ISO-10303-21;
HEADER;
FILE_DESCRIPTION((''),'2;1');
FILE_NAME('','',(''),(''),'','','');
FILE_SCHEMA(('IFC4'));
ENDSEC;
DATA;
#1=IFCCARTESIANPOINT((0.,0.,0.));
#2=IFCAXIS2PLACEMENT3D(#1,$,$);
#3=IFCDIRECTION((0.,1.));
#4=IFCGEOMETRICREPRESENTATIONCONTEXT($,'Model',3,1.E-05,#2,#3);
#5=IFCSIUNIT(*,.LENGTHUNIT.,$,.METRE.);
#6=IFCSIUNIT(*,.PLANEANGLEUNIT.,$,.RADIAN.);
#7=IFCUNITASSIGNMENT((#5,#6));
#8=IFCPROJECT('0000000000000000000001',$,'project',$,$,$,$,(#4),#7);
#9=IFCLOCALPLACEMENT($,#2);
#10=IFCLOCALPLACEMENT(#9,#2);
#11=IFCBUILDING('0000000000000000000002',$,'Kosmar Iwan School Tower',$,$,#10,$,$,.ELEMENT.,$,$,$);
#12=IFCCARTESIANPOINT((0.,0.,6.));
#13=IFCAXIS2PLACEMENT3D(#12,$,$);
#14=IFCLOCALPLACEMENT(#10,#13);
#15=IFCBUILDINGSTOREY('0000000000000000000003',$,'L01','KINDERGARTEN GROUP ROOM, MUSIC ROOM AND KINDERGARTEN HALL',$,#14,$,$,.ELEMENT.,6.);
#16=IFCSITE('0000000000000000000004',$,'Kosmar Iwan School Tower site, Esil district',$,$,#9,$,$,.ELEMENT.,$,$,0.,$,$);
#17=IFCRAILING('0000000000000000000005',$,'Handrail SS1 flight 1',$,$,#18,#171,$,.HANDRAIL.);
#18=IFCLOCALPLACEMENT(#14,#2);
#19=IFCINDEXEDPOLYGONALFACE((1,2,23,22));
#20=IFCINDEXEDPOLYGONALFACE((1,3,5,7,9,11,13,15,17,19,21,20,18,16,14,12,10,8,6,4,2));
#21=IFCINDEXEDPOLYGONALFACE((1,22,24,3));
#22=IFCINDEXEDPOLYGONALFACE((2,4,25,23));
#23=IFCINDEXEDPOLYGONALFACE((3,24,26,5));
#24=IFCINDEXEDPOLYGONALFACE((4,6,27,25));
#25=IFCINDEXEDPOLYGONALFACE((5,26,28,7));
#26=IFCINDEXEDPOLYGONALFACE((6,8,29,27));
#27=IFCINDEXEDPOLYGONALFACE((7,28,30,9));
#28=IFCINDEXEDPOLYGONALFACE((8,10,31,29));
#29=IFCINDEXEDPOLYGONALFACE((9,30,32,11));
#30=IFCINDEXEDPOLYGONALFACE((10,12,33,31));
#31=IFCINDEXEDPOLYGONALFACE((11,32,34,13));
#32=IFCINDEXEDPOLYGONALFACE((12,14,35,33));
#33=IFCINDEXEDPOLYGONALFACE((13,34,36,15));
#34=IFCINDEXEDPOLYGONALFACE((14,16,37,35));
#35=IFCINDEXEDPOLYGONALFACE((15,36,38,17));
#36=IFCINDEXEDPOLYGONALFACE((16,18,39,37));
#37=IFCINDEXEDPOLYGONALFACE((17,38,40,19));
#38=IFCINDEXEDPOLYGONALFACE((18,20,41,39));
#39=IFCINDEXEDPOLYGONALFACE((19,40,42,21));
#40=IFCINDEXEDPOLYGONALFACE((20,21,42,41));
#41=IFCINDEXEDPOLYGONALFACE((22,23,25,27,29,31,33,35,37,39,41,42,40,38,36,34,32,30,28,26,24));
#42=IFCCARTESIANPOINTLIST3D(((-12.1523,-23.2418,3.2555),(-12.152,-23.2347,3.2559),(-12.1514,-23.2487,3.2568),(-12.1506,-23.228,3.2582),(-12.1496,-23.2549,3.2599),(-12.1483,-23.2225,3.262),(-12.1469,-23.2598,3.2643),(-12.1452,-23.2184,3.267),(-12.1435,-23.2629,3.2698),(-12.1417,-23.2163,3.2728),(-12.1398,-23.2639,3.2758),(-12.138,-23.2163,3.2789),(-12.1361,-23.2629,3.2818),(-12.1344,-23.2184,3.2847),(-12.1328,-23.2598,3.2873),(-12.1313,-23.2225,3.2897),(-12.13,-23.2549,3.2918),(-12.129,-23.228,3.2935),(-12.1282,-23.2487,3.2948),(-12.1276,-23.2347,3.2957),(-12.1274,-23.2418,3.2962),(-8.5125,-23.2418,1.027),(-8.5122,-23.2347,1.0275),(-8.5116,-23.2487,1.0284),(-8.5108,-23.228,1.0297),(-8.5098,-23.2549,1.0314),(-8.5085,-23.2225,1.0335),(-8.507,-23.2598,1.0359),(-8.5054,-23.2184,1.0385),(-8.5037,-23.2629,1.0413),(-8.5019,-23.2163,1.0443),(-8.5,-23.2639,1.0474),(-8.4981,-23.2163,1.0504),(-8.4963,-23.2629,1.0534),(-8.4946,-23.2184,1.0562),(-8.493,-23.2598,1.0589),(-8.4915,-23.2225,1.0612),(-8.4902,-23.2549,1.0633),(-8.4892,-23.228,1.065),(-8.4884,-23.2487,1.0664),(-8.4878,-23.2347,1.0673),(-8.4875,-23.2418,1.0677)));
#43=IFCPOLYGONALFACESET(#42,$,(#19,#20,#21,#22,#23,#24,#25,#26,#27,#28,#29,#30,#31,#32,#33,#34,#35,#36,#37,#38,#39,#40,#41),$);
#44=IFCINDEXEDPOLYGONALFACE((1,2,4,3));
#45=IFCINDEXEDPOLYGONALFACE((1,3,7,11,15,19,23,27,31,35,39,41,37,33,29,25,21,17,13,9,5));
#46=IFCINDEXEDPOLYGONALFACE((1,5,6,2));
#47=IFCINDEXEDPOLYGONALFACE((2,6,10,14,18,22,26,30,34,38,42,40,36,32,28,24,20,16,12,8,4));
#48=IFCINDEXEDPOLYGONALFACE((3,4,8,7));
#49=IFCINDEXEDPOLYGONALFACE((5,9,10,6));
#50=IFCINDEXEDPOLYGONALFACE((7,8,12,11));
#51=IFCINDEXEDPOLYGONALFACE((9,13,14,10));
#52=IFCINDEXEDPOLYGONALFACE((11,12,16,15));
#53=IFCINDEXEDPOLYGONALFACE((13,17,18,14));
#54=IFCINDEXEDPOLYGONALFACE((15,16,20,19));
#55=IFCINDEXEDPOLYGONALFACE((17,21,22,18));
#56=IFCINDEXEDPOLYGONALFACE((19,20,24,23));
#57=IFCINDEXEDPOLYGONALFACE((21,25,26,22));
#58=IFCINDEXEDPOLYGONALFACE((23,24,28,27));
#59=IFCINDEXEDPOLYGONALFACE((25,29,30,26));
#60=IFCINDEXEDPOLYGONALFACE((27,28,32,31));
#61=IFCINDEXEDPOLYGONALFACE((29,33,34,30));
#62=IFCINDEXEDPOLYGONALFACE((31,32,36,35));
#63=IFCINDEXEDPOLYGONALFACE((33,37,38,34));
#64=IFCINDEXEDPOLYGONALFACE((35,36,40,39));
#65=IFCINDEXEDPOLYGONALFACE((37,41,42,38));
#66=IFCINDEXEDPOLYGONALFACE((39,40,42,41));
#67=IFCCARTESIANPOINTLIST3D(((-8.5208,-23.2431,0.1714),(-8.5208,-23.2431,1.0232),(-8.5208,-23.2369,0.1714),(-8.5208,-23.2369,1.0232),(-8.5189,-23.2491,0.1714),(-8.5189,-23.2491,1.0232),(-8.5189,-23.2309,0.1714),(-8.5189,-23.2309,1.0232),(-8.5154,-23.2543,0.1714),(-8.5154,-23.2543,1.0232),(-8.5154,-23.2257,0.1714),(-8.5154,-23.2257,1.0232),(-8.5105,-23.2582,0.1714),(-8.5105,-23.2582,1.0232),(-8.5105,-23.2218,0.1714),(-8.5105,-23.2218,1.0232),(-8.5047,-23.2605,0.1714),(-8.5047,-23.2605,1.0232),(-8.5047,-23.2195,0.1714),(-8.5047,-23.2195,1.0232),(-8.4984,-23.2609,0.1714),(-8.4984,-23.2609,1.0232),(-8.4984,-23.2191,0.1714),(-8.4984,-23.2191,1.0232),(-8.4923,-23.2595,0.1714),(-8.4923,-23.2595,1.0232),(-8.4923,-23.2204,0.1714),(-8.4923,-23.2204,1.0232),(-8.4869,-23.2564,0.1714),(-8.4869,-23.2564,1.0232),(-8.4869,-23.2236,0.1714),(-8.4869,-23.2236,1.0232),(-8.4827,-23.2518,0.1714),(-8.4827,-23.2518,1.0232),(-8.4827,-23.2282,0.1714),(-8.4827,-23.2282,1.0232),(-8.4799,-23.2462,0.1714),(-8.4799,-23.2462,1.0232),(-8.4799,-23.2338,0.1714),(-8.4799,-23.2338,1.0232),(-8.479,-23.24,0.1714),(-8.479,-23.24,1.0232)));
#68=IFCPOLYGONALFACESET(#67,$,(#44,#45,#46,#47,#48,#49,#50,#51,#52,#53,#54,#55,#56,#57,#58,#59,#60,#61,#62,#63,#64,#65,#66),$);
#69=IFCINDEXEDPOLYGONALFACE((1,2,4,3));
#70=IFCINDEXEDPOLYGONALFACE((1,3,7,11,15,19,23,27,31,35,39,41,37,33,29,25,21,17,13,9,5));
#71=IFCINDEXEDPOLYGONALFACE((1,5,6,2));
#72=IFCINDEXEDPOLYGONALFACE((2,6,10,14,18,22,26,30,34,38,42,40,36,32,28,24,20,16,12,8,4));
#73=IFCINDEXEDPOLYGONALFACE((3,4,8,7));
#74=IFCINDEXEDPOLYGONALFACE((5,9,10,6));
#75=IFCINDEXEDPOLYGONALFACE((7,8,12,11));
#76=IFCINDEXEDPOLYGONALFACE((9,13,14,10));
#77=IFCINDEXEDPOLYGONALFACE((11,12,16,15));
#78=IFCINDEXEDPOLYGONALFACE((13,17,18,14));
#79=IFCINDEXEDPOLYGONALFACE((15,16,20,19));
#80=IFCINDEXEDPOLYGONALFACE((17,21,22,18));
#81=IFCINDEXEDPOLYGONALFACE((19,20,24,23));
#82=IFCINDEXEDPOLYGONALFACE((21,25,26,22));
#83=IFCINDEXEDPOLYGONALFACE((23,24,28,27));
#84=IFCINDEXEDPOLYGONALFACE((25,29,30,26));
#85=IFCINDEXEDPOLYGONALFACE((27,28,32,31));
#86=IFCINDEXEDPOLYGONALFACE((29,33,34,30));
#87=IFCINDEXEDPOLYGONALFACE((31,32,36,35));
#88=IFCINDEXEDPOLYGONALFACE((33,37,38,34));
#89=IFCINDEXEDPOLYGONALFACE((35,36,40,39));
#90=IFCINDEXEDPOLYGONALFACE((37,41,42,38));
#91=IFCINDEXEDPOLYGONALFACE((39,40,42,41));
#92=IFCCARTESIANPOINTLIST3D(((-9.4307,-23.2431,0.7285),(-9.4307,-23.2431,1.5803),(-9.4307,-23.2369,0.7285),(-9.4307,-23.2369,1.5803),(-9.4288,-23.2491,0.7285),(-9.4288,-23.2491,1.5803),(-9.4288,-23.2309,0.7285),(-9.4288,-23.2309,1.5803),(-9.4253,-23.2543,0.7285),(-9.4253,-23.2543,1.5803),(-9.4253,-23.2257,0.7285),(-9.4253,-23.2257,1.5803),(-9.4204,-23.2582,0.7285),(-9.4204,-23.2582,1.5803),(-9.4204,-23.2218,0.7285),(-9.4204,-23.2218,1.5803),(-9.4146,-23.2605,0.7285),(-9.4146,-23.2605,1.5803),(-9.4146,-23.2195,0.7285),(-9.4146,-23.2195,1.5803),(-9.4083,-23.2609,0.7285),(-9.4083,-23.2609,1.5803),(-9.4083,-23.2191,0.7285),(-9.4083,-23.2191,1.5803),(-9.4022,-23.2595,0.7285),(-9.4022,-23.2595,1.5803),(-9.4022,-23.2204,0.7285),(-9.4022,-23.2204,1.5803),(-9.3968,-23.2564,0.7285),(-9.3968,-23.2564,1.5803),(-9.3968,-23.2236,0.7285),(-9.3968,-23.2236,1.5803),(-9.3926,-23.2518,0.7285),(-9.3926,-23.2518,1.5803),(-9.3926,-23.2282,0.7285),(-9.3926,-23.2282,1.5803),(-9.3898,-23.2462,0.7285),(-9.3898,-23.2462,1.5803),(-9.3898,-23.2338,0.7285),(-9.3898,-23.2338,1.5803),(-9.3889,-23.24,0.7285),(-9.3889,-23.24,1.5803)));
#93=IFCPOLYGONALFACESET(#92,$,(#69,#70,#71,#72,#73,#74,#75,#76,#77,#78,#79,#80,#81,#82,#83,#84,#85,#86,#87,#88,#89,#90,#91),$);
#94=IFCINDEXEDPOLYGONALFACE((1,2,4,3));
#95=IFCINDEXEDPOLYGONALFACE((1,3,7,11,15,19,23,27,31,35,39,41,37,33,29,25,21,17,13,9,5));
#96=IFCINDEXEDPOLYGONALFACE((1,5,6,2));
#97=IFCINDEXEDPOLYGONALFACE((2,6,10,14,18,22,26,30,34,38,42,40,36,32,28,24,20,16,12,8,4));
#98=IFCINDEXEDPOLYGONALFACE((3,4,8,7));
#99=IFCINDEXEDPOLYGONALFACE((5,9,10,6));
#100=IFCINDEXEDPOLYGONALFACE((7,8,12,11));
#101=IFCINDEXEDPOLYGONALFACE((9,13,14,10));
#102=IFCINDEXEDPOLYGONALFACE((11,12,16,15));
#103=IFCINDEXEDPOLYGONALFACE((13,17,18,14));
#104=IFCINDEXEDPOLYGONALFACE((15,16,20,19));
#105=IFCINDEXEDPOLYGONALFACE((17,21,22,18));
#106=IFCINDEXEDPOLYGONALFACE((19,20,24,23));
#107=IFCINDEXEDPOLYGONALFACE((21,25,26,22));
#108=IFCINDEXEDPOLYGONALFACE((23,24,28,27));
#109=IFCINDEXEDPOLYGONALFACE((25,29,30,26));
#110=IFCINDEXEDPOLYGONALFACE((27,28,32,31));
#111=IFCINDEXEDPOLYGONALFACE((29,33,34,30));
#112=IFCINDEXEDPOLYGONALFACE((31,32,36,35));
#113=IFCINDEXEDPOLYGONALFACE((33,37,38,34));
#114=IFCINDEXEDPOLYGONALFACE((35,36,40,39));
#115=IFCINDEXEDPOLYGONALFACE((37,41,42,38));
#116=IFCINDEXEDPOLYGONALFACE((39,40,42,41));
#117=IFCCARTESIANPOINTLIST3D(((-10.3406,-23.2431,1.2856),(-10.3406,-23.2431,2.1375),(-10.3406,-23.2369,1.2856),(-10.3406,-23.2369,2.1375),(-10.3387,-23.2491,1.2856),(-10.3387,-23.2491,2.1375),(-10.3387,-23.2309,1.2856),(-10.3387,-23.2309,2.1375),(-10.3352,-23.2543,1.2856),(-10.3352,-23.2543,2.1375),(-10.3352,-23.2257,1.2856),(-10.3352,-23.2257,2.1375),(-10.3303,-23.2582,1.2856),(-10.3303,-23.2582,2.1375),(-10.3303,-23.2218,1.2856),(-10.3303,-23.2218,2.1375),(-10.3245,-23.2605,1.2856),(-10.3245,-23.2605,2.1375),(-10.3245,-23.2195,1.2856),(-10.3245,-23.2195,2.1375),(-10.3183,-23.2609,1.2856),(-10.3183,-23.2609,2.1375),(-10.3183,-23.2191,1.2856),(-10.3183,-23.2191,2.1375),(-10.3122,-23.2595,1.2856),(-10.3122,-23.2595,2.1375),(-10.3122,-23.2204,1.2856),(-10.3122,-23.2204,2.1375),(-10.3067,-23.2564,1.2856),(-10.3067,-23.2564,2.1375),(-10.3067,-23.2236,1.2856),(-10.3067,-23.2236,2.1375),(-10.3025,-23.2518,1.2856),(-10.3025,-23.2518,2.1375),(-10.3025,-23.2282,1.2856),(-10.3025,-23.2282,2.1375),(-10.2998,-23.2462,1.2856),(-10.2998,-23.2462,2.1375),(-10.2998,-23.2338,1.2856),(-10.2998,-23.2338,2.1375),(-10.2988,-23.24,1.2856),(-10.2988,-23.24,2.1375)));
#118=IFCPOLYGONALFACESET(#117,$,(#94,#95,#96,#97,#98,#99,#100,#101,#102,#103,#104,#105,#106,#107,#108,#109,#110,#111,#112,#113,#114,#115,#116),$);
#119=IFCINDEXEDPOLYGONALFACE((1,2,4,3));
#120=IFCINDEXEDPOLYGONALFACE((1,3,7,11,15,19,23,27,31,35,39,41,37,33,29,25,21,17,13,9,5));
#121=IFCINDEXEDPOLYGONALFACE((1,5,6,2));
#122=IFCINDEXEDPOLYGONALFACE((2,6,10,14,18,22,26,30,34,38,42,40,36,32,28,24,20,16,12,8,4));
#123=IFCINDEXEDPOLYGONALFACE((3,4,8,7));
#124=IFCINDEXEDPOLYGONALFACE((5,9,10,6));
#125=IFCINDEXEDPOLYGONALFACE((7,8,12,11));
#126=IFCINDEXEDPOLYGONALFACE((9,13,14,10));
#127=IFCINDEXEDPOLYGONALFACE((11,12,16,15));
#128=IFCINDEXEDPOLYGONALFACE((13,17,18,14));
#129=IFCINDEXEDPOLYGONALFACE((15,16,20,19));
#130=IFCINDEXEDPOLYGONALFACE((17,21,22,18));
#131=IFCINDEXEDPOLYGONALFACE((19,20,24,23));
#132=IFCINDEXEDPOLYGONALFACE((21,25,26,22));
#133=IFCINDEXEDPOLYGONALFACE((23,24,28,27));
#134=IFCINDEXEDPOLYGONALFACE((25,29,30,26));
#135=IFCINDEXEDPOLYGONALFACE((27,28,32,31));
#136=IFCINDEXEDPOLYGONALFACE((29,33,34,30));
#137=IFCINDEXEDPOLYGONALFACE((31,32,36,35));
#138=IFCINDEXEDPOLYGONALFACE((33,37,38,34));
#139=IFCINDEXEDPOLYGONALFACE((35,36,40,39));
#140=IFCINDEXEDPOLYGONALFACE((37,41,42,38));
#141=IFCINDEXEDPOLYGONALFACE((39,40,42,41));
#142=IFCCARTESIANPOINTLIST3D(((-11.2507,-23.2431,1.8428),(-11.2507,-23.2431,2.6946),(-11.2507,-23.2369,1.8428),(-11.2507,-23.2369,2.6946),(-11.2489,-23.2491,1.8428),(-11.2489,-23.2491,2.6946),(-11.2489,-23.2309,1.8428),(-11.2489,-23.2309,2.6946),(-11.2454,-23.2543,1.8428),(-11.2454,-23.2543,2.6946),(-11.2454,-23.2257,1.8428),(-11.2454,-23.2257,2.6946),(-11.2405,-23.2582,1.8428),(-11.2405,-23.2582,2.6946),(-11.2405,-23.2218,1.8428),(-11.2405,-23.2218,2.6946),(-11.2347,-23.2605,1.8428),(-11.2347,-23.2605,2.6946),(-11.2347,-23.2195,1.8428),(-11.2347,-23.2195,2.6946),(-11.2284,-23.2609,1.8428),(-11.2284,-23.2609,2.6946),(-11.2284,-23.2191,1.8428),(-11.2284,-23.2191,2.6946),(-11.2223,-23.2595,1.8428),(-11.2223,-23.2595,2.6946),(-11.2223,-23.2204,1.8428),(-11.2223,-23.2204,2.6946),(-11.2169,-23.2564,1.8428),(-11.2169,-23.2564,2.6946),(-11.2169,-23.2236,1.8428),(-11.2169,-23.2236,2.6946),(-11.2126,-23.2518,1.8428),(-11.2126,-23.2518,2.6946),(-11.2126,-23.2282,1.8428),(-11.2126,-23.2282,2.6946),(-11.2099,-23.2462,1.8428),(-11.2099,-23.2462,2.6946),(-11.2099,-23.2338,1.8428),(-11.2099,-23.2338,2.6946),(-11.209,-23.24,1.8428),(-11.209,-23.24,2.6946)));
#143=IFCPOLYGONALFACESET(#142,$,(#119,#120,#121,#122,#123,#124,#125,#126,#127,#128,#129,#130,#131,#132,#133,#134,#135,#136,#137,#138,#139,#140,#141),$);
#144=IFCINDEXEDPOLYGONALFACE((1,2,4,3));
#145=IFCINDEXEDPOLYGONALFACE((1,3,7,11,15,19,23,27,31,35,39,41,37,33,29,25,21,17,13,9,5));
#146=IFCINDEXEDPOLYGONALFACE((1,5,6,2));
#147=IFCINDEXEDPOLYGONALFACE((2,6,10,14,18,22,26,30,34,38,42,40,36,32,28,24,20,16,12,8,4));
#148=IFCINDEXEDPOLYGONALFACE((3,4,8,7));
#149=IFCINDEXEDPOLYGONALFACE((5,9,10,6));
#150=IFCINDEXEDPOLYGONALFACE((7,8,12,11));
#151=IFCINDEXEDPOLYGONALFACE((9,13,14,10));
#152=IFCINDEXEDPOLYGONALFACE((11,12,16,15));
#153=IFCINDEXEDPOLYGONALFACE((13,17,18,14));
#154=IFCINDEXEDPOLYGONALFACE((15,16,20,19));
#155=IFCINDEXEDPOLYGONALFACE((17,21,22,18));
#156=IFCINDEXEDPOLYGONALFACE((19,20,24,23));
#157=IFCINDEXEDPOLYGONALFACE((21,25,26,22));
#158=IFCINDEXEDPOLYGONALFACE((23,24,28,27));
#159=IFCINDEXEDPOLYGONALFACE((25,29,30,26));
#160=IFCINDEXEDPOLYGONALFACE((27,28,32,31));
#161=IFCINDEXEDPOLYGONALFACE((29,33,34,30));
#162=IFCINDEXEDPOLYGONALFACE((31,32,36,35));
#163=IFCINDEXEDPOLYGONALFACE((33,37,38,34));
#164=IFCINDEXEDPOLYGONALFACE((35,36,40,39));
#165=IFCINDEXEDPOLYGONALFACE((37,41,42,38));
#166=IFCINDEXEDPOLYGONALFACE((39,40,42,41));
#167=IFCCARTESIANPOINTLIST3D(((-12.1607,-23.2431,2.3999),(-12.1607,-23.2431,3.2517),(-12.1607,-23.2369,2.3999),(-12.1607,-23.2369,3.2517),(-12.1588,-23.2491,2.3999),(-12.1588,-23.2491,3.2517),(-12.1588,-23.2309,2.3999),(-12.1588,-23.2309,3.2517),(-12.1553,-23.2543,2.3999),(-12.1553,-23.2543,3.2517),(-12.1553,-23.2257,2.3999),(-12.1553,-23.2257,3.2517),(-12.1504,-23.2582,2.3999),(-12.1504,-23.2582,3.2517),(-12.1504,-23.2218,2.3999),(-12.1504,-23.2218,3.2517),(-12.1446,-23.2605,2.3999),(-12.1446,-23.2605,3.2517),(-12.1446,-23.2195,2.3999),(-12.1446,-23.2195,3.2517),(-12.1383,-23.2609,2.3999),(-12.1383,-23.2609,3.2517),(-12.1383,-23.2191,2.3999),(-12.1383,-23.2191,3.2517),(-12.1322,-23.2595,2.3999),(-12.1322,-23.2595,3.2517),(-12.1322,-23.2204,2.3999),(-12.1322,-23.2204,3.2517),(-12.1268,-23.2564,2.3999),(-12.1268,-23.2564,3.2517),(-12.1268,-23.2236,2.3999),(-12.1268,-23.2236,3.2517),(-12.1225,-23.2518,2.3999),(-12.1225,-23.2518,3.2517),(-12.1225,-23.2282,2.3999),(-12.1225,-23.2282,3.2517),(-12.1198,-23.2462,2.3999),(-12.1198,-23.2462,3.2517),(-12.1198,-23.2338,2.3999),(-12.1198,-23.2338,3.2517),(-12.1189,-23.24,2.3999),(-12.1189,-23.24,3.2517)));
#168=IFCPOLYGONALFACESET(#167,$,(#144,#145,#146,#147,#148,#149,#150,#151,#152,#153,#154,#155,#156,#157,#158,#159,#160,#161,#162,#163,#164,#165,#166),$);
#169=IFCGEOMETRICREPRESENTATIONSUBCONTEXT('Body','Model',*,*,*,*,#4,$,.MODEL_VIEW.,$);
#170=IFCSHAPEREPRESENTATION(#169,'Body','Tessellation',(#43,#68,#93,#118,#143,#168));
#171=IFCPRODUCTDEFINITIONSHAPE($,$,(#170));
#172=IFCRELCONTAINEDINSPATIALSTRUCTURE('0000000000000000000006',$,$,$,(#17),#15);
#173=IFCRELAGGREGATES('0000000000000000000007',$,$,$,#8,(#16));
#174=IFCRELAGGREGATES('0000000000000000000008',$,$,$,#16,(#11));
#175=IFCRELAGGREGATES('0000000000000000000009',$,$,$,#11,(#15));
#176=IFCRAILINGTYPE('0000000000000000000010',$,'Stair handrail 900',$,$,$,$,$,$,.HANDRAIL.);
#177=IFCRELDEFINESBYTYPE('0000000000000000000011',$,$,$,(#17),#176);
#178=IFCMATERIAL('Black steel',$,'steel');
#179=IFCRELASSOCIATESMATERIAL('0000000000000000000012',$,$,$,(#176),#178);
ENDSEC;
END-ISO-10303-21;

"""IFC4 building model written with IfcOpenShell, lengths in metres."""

from ifc_helpers import new_model, si_unit, direction, frame, origin, origin_2d, place, context, subcontext, project, spatial, circle, extrude, material, type_object, element, save


model = new_model("IFC4")

# Units and contexts
model_context = context("Model", 3, precision=1e-05, world=origin(), true_north=direction((0.0, 1.0)))
body_context = subcontext(model_context, "Body", "Model", "MODEL_VIEW")
ifc_project = project(units=[si_unit("LENGTHUNIT", "METRE"), si_unit("PLANEANGLEUNIT", "RADIAN")], contexts=[model_context])

# Site, building, storey
site_placement = place(None, origin())
site = spatial("IfcSite", under=ifc_project, at=site_placement, Name="Kosmar Iwan School Tower site, Esil district", CompositionType="ELEMENT", RefElevation=0.0)
building_placement = place(site_placement, origin())
building = spatial("IfcBuilding", under=site, at=building_placement, Name="Kosmar Iwan School Tower", CompositionType="ELEMENT")
storey_placement = place(building_placement, frame((0.0, 0.0, 6.0)))
storey = spatial("IfcBuildingStorey", under=building, at=storey_placement, Name="L01", Description="KINDERGARTEN GROUP ROOM, MUSIC ROOM AND KINDERGARTEN HALL", CompositionType="ELEMENT", Elevation=6.0)

# Railing
ifc_material_1 = material(Name="Black steel", Category="steel")
railing_type = type_object("IfcRailingType", Name="Stair handrail 900", PredefinedType="HANDRAIL", material=ifc_material_1)
railing_1_placement = place(storey_placement, frame((-8.5, -23.24, 0.1714)))
element("IfcRailing", 1, at=railing_1_placement, inside=storey, type_object=railing_type, Name="Handrail SS1 flight 1", PredefinedType="HANDRAIL", context=body_context, shape_type="SweptSolid", body=[
    extrude(circle(Radius=0.0239, at=origin_2d()), frame((0.0, 0.0, 0.876), z_axis=(-0.85285, 0.0, 0.522156), x_axis=(0.0, -1.0, 0.0)), (0.0, 0.0, 1.0), 4.2678),
    extrude(circle(Radius=0.021, at=origin_2d()), origin(), (0.0, 0.0, 1.0), 0.8518),
    extrude(circle(Radius=0.021, at=origin_2d()), frame((-0.9099, 0.0, 0.5571)), (0.0, 0.0, 1.0), 0.8518),
    extrude(circle(Radius=0.021, at=origin_2d()), frame((-1.8198, 0.0, 1.1143)), (0.0, 0.0, 1.0), 0.8518),
    extrude(circle(Radius=0.021, at=origin_2d()), frame((-2.73, 0.0, 1.6714)), (0.0, 0.0, 1.0), 0.8518),
    extrude(circle(Radius=0.021, at=origin_2d()), frame((-3.6399, 0.0, 2.2285)), (0.0, 0.0, 1.0), 0.8518),
])

save(model, "model.ifc")
